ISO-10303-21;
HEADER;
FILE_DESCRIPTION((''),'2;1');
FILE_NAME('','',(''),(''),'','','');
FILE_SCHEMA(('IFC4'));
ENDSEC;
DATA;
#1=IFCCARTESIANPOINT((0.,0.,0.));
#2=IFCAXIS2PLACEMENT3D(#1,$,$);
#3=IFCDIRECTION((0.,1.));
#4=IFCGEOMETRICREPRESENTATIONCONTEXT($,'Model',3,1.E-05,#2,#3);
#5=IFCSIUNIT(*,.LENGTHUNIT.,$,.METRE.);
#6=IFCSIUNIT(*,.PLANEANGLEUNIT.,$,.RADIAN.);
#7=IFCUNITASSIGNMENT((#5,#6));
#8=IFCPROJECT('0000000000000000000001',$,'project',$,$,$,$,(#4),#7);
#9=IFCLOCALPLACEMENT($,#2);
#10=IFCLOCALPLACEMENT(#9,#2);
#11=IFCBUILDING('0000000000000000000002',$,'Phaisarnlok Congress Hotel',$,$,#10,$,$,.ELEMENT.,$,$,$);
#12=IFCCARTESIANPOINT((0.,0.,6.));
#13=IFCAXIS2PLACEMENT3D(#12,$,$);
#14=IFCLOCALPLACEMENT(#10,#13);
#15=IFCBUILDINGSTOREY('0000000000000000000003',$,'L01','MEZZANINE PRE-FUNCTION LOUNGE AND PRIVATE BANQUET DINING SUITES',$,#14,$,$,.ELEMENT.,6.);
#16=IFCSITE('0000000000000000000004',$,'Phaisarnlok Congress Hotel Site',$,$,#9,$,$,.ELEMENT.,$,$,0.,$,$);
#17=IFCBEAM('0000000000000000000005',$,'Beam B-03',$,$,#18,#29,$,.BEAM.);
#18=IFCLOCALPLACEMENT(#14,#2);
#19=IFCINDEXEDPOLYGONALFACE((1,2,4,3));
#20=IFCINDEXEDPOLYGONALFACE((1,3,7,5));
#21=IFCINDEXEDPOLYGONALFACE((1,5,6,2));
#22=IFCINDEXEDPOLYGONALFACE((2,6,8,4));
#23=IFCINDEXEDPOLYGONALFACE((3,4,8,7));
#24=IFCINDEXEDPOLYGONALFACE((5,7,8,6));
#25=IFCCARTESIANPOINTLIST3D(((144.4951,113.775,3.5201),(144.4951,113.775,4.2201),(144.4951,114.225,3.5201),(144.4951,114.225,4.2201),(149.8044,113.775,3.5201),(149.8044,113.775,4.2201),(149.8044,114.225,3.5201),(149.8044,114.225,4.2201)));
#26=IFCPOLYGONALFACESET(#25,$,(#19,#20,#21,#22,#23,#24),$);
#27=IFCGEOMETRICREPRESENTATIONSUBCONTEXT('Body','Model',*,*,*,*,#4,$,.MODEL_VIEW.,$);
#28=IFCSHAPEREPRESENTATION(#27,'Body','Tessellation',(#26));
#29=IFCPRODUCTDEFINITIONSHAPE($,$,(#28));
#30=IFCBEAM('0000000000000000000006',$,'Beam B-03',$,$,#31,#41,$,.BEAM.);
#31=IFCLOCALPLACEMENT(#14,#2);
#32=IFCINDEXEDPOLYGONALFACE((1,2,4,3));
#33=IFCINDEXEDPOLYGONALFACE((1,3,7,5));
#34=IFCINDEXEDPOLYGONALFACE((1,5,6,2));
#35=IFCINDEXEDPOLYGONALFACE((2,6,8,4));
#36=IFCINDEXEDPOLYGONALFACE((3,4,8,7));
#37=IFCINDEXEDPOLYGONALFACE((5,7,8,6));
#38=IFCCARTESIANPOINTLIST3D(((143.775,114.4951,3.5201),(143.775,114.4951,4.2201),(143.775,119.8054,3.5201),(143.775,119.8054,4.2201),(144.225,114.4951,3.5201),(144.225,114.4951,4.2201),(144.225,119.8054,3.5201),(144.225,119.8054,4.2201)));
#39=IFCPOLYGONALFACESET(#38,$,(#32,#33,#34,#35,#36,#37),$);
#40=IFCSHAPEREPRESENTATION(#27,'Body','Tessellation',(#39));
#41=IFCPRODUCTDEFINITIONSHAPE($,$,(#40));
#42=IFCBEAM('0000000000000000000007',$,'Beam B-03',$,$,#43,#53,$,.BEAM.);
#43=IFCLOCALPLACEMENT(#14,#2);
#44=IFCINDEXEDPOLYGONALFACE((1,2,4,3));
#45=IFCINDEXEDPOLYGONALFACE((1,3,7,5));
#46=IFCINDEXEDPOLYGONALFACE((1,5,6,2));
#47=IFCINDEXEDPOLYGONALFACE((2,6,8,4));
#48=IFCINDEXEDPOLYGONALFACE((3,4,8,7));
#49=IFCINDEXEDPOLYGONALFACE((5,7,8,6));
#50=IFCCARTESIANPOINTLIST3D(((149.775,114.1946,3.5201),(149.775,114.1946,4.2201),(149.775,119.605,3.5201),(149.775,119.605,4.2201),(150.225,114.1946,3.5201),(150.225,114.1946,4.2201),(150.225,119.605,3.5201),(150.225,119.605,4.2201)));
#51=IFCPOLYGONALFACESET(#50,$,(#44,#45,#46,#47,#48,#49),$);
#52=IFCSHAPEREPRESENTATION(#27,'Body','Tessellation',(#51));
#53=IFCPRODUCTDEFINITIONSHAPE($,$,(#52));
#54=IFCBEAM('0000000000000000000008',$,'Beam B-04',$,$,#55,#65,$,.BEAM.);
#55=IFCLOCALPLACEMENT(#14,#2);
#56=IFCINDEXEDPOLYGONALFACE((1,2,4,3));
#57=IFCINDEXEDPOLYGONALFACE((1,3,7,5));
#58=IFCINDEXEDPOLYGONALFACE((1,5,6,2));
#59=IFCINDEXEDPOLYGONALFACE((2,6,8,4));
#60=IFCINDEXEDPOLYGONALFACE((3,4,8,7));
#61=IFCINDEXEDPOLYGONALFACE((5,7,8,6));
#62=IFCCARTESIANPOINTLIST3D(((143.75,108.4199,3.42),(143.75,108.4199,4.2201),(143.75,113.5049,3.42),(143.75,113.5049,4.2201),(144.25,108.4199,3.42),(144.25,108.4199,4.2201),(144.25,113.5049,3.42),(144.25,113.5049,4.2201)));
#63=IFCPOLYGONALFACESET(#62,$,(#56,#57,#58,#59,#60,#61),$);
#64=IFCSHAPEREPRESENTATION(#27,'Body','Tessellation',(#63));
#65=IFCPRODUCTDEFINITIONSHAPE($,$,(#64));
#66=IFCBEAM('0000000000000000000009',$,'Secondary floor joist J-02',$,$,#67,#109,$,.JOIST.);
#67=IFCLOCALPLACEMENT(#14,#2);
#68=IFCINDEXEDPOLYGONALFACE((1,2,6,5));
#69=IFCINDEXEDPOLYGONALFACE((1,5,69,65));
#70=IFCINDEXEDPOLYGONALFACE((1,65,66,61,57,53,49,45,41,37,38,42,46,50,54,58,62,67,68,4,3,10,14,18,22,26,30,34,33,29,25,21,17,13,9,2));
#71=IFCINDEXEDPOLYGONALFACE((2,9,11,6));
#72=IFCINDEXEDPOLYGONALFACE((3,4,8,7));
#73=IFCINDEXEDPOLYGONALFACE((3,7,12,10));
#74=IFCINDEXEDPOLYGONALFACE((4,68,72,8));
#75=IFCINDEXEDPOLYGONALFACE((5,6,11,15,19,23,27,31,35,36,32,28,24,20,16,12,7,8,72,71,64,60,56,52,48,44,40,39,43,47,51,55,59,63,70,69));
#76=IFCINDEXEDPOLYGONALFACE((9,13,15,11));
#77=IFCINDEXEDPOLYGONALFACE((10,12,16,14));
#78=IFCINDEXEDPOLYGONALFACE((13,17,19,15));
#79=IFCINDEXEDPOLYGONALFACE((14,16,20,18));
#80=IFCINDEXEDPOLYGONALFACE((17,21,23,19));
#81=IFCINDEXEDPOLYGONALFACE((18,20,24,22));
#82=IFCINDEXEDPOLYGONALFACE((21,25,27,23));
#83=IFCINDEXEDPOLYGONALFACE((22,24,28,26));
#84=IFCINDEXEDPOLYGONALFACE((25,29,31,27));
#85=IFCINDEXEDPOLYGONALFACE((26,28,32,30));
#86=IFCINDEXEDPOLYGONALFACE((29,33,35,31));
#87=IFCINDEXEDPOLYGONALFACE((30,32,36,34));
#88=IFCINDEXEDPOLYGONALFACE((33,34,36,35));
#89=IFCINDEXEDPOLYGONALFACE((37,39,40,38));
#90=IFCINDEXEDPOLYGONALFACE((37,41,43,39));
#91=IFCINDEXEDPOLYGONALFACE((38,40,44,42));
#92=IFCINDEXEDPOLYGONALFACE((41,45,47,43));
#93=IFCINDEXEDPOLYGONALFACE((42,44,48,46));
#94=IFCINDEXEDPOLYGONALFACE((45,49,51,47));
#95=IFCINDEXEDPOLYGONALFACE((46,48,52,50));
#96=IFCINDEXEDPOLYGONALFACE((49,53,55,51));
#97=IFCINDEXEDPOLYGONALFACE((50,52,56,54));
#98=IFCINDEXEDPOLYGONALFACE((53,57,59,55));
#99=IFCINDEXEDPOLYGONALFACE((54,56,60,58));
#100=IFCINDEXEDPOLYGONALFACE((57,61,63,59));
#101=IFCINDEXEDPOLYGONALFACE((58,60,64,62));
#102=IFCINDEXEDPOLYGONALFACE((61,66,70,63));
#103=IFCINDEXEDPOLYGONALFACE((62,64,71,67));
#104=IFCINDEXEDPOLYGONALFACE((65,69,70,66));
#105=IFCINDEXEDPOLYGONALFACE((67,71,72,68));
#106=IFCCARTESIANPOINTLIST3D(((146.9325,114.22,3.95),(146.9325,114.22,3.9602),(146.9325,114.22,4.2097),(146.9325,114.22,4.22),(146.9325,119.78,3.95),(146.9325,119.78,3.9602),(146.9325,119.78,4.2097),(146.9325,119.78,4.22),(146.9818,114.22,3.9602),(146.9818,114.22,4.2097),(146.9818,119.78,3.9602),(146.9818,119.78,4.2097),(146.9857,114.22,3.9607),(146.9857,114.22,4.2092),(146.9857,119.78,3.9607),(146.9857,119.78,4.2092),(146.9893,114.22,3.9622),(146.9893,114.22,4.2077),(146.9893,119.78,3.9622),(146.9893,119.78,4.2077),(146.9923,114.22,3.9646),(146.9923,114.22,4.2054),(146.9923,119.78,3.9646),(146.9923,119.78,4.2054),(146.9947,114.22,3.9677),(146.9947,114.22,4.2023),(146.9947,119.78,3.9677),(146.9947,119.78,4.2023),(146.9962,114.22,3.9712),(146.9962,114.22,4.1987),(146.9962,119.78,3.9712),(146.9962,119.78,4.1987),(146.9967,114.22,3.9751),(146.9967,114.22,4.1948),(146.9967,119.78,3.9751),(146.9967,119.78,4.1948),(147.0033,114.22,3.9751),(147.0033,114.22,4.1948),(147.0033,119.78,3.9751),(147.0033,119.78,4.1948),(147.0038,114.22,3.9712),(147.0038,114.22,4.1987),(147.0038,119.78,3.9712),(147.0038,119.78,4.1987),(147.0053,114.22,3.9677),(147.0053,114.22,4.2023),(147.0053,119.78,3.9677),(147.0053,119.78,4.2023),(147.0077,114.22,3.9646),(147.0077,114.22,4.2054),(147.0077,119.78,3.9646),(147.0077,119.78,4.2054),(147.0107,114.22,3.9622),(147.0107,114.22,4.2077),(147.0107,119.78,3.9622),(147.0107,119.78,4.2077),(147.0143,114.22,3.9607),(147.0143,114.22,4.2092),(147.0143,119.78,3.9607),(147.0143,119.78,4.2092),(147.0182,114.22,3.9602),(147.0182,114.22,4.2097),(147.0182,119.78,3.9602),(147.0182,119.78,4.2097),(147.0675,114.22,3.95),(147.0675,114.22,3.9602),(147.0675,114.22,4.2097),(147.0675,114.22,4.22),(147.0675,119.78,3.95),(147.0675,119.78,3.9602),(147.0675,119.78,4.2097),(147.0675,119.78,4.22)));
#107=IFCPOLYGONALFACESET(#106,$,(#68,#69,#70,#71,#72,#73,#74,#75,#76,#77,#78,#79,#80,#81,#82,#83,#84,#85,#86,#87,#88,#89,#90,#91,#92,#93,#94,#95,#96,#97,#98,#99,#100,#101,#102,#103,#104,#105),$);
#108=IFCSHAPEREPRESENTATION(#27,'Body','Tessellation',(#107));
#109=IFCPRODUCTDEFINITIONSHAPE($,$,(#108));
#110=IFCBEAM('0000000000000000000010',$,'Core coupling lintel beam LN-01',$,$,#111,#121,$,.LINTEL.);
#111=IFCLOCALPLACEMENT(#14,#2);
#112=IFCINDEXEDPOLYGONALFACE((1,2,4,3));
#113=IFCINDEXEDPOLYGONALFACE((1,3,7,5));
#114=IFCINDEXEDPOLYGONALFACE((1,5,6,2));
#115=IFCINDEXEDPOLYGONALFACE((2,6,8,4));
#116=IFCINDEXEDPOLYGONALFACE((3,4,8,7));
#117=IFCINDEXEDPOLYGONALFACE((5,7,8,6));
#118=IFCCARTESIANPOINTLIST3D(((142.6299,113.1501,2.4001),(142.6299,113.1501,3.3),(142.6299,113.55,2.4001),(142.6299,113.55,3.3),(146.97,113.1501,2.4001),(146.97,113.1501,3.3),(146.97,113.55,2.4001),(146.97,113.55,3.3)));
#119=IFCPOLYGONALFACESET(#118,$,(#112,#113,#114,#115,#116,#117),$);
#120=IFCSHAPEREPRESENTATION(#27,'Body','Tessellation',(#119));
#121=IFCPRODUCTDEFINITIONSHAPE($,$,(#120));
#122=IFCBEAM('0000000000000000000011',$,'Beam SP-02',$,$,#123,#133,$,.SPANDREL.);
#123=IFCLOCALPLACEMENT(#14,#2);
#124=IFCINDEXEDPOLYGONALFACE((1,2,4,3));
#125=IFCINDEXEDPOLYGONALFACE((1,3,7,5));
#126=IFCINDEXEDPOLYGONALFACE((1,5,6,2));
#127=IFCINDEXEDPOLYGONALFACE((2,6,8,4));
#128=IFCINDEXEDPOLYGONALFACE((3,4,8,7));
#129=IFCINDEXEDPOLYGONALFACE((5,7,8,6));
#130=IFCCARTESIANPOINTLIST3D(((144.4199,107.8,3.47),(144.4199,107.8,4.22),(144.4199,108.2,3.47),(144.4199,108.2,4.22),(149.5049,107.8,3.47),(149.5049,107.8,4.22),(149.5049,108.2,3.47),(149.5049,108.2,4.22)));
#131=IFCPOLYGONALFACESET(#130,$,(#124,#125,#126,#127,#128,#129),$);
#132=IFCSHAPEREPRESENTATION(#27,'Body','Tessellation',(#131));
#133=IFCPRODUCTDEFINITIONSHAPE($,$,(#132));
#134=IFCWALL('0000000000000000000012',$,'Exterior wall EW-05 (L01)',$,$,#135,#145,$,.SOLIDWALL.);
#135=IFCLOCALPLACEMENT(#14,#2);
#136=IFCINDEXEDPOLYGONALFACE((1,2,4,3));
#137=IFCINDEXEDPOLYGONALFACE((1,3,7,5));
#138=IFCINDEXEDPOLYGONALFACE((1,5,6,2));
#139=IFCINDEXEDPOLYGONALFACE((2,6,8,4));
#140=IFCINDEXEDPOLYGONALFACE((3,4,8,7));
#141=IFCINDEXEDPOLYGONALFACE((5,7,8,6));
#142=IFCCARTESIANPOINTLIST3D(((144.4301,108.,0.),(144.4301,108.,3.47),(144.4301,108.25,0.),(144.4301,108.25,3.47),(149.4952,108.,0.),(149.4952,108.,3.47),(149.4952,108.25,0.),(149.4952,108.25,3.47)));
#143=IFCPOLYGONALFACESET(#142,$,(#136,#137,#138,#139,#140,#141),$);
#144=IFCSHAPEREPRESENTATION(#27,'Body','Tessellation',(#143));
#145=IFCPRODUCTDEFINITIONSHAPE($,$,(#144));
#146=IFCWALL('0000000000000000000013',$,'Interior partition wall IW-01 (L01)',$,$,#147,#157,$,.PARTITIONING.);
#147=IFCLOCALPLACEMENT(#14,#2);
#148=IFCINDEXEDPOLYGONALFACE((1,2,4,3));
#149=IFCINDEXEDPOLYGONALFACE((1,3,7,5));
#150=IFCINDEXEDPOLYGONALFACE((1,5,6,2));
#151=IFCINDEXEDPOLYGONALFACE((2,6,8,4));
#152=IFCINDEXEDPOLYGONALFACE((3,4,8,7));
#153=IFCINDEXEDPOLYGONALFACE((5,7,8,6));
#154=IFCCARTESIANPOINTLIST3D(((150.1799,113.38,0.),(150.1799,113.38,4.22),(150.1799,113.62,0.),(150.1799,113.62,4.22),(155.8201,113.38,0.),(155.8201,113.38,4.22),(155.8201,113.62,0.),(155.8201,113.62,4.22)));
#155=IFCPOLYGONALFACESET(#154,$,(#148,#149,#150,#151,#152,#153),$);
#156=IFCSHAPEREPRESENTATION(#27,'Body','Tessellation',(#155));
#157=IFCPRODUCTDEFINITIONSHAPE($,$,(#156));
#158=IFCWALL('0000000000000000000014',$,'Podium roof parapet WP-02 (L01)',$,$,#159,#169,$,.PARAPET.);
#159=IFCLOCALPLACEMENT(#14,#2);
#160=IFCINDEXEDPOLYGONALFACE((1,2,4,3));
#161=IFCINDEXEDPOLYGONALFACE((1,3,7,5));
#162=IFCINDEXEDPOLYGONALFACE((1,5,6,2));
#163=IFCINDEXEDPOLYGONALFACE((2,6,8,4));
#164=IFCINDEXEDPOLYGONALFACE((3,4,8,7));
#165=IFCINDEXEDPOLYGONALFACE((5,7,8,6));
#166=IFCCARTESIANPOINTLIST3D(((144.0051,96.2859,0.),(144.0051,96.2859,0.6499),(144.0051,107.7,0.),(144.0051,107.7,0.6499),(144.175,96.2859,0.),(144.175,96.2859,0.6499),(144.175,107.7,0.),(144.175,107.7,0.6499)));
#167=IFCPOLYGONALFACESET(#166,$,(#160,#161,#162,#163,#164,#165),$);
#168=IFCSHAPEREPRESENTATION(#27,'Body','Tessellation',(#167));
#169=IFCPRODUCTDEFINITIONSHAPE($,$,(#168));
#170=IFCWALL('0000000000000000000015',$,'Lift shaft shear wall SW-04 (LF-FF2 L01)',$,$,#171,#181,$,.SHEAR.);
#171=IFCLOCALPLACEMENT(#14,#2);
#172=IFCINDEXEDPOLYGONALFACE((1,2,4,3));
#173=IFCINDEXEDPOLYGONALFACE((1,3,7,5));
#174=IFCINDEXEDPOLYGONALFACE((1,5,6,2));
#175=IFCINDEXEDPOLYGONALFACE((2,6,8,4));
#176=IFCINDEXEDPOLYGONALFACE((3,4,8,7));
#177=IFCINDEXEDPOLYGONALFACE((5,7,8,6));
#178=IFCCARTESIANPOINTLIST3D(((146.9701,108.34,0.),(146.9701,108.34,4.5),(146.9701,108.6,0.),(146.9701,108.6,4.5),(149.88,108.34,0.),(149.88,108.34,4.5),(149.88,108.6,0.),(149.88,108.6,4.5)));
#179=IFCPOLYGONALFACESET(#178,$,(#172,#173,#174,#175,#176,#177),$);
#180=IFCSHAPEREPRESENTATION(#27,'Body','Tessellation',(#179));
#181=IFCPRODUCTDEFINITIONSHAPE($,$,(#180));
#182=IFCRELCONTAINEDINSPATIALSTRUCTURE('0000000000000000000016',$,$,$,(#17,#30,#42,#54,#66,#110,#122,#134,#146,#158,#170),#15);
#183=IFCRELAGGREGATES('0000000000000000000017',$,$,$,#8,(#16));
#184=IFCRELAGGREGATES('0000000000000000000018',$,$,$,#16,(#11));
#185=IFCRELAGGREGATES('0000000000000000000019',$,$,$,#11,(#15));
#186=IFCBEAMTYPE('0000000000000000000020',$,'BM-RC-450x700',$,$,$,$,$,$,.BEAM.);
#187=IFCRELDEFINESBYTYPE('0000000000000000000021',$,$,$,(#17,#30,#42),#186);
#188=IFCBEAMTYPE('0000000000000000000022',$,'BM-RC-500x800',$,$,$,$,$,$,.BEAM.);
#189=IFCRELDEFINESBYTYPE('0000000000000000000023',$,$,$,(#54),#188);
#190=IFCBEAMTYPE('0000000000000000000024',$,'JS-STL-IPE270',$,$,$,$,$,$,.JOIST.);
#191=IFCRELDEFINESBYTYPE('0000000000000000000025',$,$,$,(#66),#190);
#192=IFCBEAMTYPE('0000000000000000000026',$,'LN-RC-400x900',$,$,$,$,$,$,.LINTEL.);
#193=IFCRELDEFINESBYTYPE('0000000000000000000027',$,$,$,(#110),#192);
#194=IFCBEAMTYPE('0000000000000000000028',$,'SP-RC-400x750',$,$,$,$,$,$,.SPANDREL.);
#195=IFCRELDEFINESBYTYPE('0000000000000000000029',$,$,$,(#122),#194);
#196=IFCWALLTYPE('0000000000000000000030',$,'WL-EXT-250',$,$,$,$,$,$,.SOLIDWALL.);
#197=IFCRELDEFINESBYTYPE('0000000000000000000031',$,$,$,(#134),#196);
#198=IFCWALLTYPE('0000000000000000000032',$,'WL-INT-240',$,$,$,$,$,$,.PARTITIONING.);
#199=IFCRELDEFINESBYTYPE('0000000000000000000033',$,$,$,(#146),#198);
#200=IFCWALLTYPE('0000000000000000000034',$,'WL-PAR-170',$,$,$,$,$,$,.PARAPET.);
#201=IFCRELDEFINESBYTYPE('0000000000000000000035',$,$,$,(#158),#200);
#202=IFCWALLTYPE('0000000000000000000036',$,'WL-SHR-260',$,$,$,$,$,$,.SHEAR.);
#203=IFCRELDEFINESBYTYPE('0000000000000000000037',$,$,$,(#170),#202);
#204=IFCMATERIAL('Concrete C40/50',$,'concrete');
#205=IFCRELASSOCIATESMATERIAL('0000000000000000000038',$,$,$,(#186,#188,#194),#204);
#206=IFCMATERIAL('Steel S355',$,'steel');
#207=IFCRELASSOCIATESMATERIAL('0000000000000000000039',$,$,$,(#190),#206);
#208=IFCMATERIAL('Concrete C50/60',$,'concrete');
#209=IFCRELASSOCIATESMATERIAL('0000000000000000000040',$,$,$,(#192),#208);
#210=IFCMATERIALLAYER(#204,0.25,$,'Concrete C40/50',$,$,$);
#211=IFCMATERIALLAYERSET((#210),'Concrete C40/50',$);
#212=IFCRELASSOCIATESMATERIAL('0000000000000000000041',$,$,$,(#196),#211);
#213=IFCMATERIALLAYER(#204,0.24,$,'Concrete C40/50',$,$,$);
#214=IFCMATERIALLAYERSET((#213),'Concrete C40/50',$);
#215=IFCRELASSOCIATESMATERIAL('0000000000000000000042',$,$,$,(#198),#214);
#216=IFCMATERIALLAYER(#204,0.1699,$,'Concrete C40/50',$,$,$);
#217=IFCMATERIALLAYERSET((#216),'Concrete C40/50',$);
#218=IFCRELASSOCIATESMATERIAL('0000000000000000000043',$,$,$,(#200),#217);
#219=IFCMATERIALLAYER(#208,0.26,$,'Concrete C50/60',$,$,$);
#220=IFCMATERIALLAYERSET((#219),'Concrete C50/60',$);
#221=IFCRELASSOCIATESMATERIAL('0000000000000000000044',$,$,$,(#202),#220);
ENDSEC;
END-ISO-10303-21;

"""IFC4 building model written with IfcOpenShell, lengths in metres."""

from ifc_helpers import new_model, si_unit, direction, frame, frame_2d, origin, origin_2d, place, context, subcontext, project, spatial, rectangle, i_section, extrude, material, layer, layer_set, material_profile, profile_set, type_object, element, save


model = new_model("IFC4")

# Units and contexts
model_context = context("Model", 3, precision=1e-05, world=origin(), true_north=direction((0.0, 1.0)))
body_context = subcontext(model_context, "Body", "Model", "MODEL_VIEW")
ifc_project = project(units=[si_unit("LENGTHUNIT", "METRE"), si_unit("PLANEANGLEUNIT", "RADIAN")], contexts=[model_context])

# Site, building, storey
site_placement = place(None, origin())
site = spatial("IfcSite", under=ifc_project, at=site_placement, Name="Phaisarnlok Congress Hotel Site", CompositionType="ELEMENT", RefElevation=0.0)
building_placement = place(site_placement, origin())
building = spatial("IfcBuilding", under=site, at=building_placement, Name="Phaisarnlok Congress Hotel", CompositionType="ELEMENT")
storey_placement = place(building_placement, frame((0.0, 0.0, 6.0)))
storey = spatial("IfcBuildingStorey", under=building, at=storey_placement, Name="L01", Description="MEZZANINE PRE-FUNCTION LOUNGE AND PRIVATE BANQUET DINING SUITES", CompositionType="ELEMENT", Elevation=6.0)

# Shared definitions
ifc_material_1 = material(Name="Concrete C50/60", Category="concrete")
ifc_material_2 = material(Name="Steel S355", Category="steel")

# Beams
ifc_material_3 = material(Name="Concrete C40/50", Category="concrete")
ifc_material_profile_1 = material_profile(ifc_material_3, rectangle(XDim=0.45, YDim=0.7, at=origin_2d()), Name="RC 450x700")
ifc_profile_set_1 = profile_set([ifc_material_profile_1], Name="Concrete C40/50")
beam_type_1 = type_object("IfcBeamType", Name="BM-RC-450x700", PredefinedType="BEAM", material=ifc_profile_set_1)
beam_1_placement = place(storey_placement, frame((144.4951, 114.0, 3.8701), z_axis=(1.0, 0.0, 0.0), x_axis=(0.0, 1.0, 0.0)))
element("IfcBeam", 1, at=beam_1_placement, inside=storey, type_object=beam_type_1, Name="Beam B-03", PredefinedType="BEAM", context=body_context, shape_type="SweptSolid", body=[
    extrude(rectangle(XDim=0.45, YDim=0.7, at=origin_2d()), origin(), (0.0, 0.0, 1.0), 5.3093),
])
beam_2_placement = place(storey_placement, frame((144.0, 114.4951, 3.8701), z_axis=(0.0, 1.0, 0.0), x_axis=(-1.0, 0.0, 0.0)))
element("IfcBeam", 2, at=beam_2_placement, inside=storey, type_object=beam_type_1, Name="Beam B-03", PredefinedType="BEAM", context=body_context, shape_type="SweptSolid", body=[
    extrude(rectangle(XDim=0.45, YDim=0.7, at=origin_2d()), origin(), (0.0, 0.0, 1.0), 5.3103),
])
beam_3_placement = place(storey_placement, frame((150.0, 114.1946, 3.8701), z_axis=(0.0, 1.0, 0.0), x_axis=(-1.0, 0.0, 0.0)))
element("IfcBeam", 3, at=beam_3_placement, inside=storey, type_object=beam_type_1, Name="Beam B-03", PredefinedType="BEAM", context=body_context, shape_type="SweptSolid", body=[
    extrude(rectangle(XDim=0.45, YDim=0.7, at=origin_2d()), origin(), (0.0, 0.0, 1.0), 5.4104),
])
ifc_material_profile_2 = material_profile(ifc_material_3, rectangle(XDim=0.5, YDim=0.8, at=origin_2d()), Name="RC 500x800")
ifc_profile_set_2 = profile_set([ifc_material_profile_2], Name="Concrete C40/50")
beam_type_2 = type_object("IfcBeamType", Name="BM-RC-500x800", PredefinedType="BEAM", material=ifc_profile_set_2)
beam_4_placement = place(storey_placement, frame((144.0, 108.4199, 3.8201), z_axis=(0.0, 1.0, 0.0), x_axis=(-1.0, 0.0, 0.0)))
element("IfcBeam", 4, at=beam_4_placement, inside=storey, type_object=beam_type_2, Name="Beam B-04", PredefinedType="BEAM", context=body_context, shape_type="SweptSolid", body=[
    extrude(rectangle(XDim=0.5, YDim=0.8, at=origin_2d()), origin(), (0.0, 0.0, 1.0), 5.085),
])
ifc_material_profile_3 = material_profile(ifc_material_2, i_section(OverallWidth=0.135, OverallDepth=0.27, WebThickness=0.0066, FlangeThickness=0.0103, FilletRadius=0.0149, at=origin_2d()), Name="IPE 270")
ifc_profile_set_3 = profile_set([ifc_material_profile_3], Name="Steel S355")
beam_type_3 = type_object("IfcBeamType", Name="JS-STL-IPE270", PredefinedType="JOIST", material=ifc_profile_set_3)
beam_5_placement = place(storey_placement, frame((147.0, 114.22, 4.085), z_axis=(0.0, 1.0, 0.0), x_axis=(-1.0, 0.0, 0.0)))
element("IfcBeam", 5, at=beam_5_placement, inside=storey, type_object=beam_type_3, Name="Secondary floor joist J-02", PredefinedType="JOIST", context=body_context, shape_type="SweptSolid", body=[
    extrude(i_section(OverallWidth=0.135, OverallDepth=0.27, WebThickness=0.0066, FlangeThickness=0.0103, FilletRadius=0.0149, at=origin_2d()), origin(), (0.0, 0.0, 1.0), 5.5601),
])
ifc_material_profile_4 = material_profile(ifc_material_1, rectangle(XDim=0.3999, YDim=0.8999, at=origin_2d()), Name="RC 400x900")
ifc_profile_set_4 = profile_set([ifc_material_profile_4], Name="Concrete C50/60")
beam_type_4 = type_object("IfcBeamType", Name="LN-RC-400x900", PredefinedType="LINTEL", material=ifc_profile_set_4)
beam_6_placement = place(storey_placement, frame((142.6299, 113.3501, 2.8501), z_axis=(1.0, 0.0, 0.0), x_axis=(0.0, 1.0, 0.0)))
element("IfcBeam", 6, at=beam_6_placement, inside=storey, type_object=beam_type_4, Name="Core coupling lintel beam LN-01", PredefinedType="LINTEL", context=body_context, shape_type="SweptSolid", body=[
    extrude(rectangle(XDim=0.3999, YDim=0.8999, at=origin_2d()), origin(), (0.0, 0.0, 1.0), 4.3401),
])
ifc_material_profile_5 = material_profile(ifc_material_3, rectangle(XDim=0.3999, YDim=0.75, at=origin_2d()), Name="RC 400x750")
ifc_profile_set_5 = profile_set([ifc_material_profile_5], Name="Concrete C40/50")
beam_type_5 = type_object("IfcBeamType", Name="SP-RC-400x750", PredefinedType="SPANDREL", material=ifc_profile_set_5)
beam_7_placement = place(storey_placement, frame((144.4199, 108.0, 3.845), z_axis=(1.0, 0.0, 0.0), x_axis=(0.0, 1.0, 0.0)))
element("IfcBeam", 7, at=beam_7_placement, inside=storey, type_object=beam_type_5, Name="Beam SP-02", PredefinedType="SPANDREL", context=body_context, shape_type="SweptSolid", body=[
    extrude(rectangle(XDim=0.3999, YDim=0.75, at=origin_2d()), origin(), (0.0, 0.0, 1.0), 5.085),
])

# Walls
ifc_layer_1 = layer(ifc_material_3, 0.25, Name="Concrete C40/50")
ifc_layer_set_1 = layer_set([ifc_layer_1], Name="Concrete C40/50")
wall_type_1 = type_object("IfcWallType", Name="WL-EXT-250", PredefinedType="SOLIDWALL", material=ifc_layer_set_1)
wall_1_placement = place(storey_placement, frame((144.4299, 108.125, 0.0), z_axis=(0.0, 0.0, 1.0), x_axis=(1.0, 0.0, 0.0)))
element("IfcWall", 8, at=wall_1_placement, inside=storey, type_object=wall_type_1, Name="Exterior wall EW-05 (L01)", PredefinedType="SOLIDWALL", context=body_context, shape_type="SweptSolid", body=[
    extrude(rectangle(XDim=5.0652, YDim=0.25, at=frame_2d((2.5327, 0.0))), origin(), (0.0, 0.0, 1.0), 3.47),
])
ifc_layer_2 = layer(ifc_material_3, 0.24, Name="Concrete C40/50")
ifc_layer_set_2 = layer_set([ifc_layer_2], Name="Concrete C40/50")
wall_type_2 = type_object("IfcWallType", Name="WL-INT-240", PredefinedType="PARTITIONING", material=ifc_layer_set_2)
wall_2_placement = place(storey_placement, frame((150.1799, 113.5, 0.0), z_axis=(0.0, 0.0, 1.0), x_axis=(1.0, 0.0, 0.0)))
element("IfcWall", 9, at=wall_2_placement, inside=storey, type_object=wall_type_2, Name="Interior partition wall IW-01 (L01)", PredefinedType="PARTITIONING", context=body_context, shape_type="SweptSolid", body=[
    extrude(rectangle(XDim=5.6401, YDim=0.24, at=frame_2d((2.8201, 0.0))), origin(), (0.0, 0.0, 1.0), 4.22),
])
ifc_layer_3 = layer(ifc_material_3, 0.1699, Name="Concrete C40/50")
ifc_layer_set_3 = layer_set([ifc_layer_3], Name="Concrete C40/50")
wall_type_3 = type_object("IfcWallType", Name="WL-PAR-170", PredefinedType="PARAPET", material=ifc_layer_set_3)
wall_3_placement = place(storey_placement, frame((144.0901, 107.7, 0.0), z_axis=(0.0, 0.0, 1.0), x_axis=(0.0, -1.0, 0.0)))
element("IfcWall", 10, at=wall_3_placement, inside=storey, type_object=wall_type_3, Name="Podium roof parapet WP-02 (L01)", PredefinedType="PARAPET", context=body_context, shape_type="SweptSolid", body=[
    extrude(rectangle(XDim=11.4141, YDim=0.1699, at=frame_2d((5.707, 0.0))), origin(), (0.0, 0.0, 1.0), 0.6499),
])

# Shared definitions
ifc_layer_4 = layer(ifc_material_1, 0.26, Name="Concrete C50/60")
ifc_layer_set_4 = layer_set([ifc_layer_4], Name="Concrete C50/60")
wall_type_4 = type_object("IfcWallType", Name="WL-SHR-260", PredefinedType="SHEAR", material=ifc_layer_set_4)

# Wall
wall_4_placement = place(storey_placement, frame((146.97, 108.47, 0.0), z_axis=(0.0, 0.0, 1.0), x_axis=(1.0, 0.0, 0.0)))
element("IfcWall", 11, at=wall_4_placement, inside=storey, type_object=wall_type_4, Name="Lift shaft shear wall SW-04 (LF-FF2 L01)", PredefinedType="SHEAR", context=body_context, shape_type="SweptSolid", body=[
    extrude(rectangle(XDim=2.9099, YDim=0.26, at=frame_2d((1.4551, 0.0))), origin(), (0.0, 0.0, 1.0), 4.5),
])

save(model, "model.ifc")
